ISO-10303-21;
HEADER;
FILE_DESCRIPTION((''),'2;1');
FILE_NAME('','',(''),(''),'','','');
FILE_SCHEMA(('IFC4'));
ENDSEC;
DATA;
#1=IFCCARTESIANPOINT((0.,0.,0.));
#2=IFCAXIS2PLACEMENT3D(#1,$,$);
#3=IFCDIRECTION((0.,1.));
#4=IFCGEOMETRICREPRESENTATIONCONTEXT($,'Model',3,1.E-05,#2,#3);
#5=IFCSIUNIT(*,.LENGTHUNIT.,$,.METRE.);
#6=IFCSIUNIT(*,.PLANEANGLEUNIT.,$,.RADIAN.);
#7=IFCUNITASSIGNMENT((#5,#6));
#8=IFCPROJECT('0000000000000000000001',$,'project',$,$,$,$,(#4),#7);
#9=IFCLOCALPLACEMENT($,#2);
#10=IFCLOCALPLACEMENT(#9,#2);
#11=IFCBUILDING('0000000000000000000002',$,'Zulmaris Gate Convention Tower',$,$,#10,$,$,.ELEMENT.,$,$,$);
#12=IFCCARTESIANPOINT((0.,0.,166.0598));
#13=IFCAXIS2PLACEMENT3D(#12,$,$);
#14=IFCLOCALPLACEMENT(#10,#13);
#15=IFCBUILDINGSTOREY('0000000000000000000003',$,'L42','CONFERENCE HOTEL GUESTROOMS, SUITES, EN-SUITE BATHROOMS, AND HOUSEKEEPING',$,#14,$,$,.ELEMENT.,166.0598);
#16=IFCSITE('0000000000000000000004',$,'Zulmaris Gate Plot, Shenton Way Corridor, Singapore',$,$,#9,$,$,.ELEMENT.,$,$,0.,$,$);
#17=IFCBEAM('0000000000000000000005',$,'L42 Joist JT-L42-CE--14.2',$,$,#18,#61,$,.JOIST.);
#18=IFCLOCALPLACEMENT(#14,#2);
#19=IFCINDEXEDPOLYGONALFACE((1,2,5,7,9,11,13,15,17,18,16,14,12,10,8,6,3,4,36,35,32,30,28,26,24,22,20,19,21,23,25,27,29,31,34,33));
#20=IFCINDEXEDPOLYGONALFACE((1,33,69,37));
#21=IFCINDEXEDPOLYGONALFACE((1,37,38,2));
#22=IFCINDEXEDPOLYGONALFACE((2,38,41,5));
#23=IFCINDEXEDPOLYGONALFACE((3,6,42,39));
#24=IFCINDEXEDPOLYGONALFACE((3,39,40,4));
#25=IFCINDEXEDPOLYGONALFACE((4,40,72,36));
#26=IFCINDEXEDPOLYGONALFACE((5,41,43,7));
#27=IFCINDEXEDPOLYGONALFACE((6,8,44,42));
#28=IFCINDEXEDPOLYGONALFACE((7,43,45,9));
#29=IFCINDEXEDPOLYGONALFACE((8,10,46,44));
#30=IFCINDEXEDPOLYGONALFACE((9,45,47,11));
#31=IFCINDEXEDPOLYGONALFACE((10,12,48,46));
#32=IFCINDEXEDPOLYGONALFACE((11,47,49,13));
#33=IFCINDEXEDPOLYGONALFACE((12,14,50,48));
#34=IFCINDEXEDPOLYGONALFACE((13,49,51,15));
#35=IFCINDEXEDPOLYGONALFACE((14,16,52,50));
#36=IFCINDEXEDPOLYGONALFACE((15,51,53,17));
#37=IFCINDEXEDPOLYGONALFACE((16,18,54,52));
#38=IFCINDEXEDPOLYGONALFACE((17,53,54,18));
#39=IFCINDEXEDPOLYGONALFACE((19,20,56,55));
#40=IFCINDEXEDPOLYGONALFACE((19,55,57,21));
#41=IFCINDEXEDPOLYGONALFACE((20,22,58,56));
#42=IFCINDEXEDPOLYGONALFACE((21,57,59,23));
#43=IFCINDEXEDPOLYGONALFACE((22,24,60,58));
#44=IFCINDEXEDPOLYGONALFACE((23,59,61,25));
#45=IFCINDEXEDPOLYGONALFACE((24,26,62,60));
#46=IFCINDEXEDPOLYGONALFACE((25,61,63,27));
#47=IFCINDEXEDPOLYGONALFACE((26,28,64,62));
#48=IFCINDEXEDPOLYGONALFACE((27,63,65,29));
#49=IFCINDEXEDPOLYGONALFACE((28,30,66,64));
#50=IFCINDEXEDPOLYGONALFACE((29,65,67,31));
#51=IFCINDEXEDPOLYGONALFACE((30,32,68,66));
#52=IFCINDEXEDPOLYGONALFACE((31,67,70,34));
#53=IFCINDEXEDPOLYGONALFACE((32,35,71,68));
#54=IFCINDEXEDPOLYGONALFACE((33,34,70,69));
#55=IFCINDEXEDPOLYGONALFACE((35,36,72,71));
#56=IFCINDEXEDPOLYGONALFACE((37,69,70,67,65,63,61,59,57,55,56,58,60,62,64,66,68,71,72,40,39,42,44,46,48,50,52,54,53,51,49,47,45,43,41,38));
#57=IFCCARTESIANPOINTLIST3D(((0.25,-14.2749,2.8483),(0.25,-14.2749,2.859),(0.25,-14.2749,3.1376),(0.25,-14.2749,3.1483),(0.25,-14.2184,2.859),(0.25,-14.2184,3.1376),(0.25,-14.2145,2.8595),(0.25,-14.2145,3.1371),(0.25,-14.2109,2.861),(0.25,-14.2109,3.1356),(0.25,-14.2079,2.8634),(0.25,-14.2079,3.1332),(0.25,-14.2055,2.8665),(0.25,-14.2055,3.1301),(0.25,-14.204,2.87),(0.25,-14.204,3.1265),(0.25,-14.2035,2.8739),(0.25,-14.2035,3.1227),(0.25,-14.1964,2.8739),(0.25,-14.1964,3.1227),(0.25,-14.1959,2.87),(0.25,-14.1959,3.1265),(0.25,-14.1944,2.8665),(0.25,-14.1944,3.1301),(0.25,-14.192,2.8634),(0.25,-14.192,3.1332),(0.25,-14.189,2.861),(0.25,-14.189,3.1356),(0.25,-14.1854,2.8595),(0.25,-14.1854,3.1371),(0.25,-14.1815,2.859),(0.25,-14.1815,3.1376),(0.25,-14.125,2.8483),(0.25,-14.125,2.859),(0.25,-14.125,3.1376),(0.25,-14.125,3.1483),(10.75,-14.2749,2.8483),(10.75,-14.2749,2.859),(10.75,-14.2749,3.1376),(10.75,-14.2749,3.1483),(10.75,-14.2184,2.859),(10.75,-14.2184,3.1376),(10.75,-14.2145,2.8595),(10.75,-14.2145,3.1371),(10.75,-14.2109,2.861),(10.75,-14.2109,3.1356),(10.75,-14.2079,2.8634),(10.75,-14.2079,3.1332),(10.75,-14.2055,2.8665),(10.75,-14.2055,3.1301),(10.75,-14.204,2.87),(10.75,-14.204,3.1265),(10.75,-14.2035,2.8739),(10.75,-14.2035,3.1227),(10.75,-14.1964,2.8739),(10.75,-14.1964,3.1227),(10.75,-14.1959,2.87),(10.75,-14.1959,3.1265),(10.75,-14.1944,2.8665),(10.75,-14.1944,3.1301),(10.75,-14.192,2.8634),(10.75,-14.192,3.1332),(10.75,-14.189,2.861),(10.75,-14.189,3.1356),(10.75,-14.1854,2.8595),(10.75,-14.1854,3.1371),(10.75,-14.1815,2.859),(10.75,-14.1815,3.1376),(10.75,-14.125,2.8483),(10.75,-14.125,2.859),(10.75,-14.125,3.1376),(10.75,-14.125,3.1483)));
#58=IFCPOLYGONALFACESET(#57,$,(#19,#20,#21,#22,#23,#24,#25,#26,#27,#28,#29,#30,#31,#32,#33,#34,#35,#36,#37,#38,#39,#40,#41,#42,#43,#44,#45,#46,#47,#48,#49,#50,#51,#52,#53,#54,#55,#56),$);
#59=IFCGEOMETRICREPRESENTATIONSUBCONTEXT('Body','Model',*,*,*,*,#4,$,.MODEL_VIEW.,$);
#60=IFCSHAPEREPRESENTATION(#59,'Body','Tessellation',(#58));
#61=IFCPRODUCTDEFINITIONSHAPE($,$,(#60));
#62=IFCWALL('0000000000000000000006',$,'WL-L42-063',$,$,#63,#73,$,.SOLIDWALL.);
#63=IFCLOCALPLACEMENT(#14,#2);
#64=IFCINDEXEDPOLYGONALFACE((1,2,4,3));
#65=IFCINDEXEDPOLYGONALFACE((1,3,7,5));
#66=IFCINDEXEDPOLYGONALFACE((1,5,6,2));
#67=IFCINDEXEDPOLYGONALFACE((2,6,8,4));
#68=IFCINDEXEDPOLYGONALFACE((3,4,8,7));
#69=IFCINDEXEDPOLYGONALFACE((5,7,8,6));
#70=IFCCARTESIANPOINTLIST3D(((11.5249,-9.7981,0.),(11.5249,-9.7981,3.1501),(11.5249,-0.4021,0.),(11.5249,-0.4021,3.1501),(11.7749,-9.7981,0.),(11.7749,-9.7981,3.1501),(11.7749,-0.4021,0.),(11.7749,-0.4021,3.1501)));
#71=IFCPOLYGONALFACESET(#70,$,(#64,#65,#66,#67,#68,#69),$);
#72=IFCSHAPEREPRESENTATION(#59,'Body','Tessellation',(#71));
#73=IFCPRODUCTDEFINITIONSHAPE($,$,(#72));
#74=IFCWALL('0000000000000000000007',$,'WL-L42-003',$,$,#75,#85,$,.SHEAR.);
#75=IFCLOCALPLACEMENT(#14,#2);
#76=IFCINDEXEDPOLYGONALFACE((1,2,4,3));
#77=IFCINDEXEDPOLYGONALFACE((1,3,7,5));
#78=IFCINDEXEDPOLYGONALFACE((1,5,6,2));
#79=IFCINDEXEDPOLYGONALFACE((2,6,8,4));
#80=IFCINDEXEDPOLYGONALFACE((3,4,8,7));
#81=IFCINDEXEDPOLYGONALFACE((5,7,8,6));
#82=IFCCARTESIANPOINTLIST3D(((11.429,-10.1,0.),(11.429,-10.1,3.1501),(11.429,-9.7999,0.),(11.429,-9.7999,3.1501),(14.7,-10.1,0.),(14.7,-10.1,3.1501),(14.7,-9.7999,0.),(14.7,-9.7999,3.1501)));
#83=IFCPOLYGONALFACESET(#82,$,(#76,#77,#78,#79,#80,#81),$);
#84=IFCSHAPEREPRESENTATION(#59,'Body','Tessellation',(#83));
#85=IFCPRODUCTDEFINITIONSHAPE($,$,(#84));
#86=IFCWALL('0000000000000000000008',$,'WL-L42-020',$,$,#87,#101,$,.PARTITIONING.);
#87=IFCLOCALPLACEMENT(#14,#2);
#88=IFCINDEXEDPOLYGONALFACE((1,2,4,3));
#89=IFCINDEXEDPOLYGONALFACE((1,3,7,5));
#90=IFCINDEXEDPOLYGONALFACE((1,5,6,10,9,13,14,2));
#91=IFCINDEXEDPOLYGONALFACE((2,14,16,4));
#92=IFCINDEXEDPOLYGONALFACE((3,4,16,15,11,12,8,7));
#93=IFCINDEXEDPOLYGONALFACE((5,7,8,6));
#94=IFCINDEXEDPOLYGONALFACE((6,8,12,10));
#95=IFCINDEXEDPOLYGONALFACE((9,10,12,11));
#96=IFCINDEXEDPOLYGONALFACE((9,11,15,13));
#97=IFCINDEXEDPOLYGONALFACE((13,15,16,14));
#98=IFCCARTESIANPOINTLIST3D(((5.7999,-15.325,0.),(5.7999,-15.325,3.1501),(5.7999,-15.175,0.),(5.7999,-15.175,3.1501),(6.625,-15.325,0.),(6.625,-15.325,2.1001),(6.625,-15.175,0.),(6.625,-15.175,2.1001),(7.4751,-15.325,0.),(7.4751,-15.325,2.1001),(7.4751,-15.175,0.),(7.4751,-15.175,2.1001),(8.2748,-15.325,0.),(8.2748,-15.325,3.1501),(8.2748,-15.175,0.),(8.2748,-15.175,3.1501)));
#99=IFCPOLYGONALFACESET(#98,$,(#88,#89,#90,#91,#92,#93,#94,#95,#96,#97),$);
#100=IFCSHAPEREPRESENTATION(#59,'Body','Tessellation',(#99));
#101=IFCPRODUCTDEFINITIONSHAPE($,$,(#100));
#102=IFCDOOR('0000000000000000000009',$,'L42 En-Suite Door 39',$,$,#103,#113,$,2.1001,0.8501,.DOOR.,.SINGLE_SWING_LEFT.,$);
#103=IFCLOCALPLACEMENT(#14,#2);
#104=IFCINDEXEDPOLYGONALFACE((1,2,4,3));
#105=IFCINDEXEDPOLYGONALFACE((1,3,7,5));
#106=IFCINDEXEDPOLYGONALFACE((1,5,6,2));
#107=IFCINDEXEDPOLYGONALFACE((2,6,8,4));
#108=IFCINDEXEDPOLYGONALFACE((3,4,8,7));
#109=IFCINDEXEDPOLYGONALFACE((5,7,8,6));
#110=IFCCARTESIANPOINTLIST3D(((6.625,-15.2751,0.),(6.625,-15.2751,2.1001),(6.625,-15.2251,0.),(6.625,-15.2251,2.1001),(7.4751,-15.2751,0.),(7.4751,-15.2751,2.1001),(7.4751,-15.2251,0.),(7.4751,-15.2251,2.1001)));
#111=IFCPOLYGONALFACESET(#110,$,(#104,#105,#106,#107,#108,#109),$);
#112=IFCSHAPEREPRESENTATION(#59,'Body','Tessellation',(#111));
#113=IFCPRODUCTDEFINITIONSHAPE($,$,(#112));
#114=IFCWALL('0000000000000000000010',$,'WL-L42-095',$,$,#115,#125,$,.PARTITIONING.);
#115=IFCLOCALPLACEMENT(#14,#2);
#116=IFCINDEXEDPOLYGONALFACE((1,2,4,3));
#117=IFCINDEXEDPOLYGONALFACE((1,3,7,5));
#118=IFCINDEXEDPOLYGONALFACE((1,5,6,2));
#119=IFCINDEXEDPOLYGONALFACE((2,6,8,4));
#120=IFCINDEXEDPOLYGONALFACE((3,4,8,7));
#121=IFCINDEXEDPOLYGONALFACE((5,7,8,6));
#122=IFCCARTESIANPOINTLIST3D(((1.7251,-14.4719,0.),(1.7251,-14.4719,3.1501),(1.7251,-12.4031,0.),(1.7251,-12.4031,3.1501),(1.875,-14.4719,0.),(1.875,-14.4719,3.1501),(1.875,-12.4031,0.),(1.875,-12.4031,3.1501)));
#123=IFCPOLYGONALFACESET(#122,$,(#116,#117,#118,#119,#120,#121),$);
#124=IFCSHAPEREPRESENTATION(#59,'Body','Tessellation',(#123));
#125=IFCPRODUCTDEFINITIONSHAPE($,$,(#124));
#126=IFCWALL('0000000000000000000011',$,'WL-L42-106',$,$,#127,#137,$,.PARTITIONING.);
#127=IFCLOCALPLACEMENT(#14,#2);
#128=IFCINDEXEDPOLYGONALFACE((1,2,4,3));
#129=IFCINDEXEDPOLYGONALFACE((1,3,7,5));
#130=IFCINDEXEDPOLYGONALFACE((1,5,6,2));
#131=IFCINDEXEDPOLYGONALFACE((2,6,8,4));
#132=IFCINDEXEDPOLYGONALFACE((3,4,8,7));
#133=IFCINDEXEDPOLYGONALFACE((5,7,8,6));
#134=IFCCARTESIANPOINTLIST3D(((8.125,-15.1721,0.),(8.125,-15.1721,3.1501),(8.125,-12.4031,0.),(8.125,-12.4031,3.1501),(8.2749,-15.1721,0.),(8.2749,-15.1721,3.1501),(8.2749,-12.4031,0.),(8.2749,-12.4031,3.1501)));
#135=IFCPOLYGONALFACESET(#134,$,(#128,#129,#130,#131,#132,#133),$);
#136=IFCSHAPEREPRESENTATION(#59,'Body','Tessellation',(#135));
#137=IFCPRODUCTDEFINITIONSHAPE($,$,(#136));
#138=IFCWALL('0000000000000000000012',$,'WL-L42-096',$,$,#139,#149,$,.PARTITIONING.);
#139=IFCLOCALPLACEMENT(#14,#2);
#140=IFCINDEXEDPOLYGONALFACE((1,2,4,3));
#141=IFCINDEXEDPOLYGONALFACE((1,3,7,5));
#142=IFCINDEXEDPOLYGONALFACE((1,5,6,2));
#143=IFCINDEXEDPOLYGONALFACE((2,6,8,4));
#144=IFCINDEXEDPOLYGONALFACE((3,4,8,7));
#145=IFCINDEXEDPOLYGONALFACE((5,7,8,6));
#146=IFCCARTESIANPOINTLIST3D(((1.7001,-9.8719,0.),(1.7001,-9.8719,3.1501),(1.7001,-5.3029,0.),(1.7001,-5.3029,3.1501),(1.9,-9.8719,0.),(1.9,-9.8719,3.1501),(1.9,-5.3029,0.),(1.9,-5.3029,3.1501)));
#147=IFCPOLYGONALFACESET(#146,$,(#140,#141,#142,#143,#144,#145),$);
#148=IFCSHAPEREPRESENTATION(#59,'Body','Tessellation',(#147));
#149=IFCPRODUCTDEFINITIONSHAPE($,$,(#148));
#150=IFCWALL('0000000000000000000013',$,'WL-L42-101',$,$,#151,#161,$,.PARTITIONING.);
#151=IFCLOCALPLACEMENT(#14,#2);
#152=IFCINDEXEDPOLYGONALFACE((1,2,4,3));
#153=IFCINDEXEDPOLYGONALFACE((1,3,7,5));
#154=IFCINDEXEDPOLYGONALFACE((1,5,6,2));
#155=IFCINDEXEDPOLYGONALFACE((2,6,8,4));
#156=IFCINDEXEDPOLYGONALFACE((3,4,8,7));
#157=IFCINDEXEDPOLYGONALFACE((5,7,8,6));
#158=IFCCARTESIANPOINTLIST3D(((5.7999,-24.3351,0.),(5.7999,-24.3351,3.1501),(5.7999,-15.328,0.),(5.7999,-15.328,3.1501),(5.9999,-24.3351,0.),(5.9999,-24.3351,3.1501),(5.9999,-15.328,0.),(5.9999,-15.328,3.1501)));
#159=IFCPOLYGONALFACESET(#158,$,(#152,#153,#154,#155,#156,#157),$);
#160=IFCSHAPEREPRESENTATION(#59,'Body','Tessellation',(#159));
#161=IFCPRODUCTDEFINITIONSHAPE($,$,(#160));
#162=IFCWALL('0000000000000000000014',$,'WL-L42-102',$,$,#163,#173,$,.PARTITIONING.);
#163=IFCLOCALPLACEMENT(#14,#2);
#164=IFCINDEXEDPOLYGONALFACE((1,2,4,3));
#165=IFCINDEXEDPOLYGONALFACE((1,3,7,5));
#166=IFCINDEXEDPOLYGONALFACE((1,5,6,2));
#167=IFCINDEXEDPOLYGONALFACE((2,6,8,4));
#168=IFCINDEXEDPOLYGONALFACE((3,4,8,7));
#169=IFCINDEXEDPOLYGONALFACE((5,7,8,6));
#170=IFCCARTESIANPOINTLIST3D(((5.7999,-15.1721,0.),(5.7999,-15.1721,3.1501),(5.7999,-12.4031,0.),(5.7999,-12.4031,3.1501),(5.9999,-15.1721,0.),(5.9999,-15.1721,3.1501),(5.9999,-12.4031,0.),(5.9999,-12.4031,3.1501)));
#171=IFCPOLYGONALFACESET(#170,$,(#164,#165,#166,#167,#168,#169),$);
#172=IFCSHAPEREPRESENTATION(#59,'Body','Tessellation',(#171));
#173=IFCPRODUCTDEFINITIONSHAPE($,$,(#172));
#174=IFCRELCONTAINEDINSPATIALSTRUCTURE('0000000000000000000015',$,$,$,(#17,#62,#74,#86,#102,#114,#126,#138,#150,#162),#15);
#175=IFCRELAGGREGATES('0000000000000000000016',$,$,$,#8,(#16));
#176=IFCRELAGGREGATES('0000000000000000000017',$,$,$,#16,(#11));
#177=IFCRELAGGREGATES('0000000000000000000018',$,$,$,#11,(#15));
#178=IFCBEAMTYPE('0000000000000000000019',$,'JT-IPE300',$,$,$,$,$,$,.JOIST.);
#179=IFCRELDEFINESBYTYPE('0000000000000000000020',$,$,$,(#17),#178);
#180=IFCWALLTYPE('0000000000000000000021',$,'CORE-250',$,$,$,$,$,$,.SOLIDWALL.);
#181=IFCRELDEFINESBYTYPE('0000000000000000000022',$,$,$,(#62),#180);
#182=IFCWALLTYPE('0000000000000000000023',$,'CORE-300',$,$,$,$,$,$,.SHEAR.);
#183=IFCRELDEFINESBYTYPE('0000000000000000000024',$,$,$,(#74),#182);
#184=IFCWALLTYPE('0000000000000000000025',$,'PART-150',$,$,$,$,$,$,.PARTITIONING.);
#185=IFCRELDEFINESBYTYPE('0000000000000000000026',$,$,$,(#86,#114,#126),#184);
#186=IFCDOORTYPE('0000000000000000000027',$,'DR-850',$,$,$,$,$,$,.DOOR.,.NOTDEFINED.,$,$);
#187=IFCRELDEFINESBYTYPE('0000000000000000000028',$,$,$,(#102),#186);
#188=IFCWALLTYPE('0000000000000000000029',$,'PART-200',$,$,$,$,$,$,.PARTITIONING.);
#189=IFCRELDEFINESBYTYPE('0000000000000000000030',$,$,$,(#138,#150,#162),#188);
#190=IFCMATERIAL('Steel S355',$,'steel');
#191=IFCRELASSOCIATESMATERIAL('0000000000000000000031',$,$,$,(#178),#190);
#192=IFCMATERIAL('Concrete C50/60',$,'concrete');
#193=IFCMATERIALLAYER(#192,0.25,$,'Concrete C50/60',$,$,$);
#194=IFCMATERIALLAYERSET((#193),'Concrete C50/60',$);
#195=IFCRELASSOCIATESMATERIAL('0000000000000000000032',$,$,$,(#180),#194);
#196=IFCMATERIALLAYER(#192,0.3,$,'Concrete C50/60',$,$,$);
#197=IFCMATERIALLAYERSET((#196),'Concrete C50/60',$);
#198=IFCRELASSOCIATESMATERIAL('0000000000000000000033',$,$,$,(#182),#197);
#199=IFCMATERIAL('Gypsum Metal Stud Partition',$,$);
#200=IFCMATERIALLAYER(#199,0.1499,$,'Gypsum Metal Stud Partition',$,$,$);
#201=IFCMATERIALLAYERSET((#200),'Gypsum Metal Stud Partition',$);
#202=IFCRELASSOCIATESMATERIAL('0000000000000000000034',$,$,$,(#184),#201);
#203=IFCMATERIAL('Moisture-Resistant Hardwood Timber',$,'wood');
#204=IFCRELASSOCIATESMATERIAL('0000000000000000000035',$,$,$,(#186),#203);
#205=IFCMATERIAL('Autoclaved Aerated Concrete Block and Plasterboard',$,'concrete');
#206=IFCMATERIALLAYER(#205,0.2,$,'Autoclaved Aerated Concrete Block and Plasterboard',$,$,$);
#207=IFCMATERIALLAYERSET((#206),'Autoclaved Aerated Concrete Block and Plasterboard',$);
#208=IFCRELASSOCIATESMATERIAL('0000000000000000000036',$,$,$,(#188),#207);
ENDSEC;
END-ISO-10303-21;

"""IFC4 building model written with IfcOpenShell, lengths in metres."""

from ifc_helpers import new_model, si_unit, direction, frame, frame_2d, origin, origin_2d, place, context, subcontext, project, spatial, rectangle, i_section, extrude, material, layer, layer_set, material_profile, profile_set, type_object, element, fill, save


model = new_model("IFC4")

# Units and contexts
model_context = context("Model", 3, precision=1e-05, world=origin(), true_north=direction((0.0, 1.0)))
body_context = subcontext(model_context, "Body", "Model", "MODEL_VIEW")
ifc_project = project(units=[si_unit("LENGTHUNIT", "METRE"), si_unit("PLANEANGLEUNIT", "RADIAN")], contexts=[model_context])

# Site, building, storey
site_placement = place(None, origin())
site = spatial("IfcSite", under=ifc_project, at=site_placement, Name="Zulmaris Gate Plot, Shenton Way Corridor, Singapore", CompositionType="ELEMENT", RefElevation=0.0)
building_placement = place(site_placement, origin())
building = spatial("IfcBuilding", under=site, at=building_placement, Name="Zulmaris Gate Convention Tower", CompositionType="ELEMENT")
storey_placement = place(building_placement, frame((0.0, 0.0, 166.0598)))
storey = spatial("IfcBuildingStorey", under=building, at=storey_placement, Name="L42", Description="CONFERENCE HOTEL GUESTROOMS, SUITES, EN-SUITE BATHROOMS, AND HOUSEKEEPING", CompositionType="ELEMENT", Elevation=166.0598)

# Beam
ifc_material_1 = material(Name="Steel S355", Category="steel")
ifc_material_2 = material(Name="Concrete C50/60", Category="concrete")
ifc_material_profile_1 = material_profile(ifc_material_1, i_section(OverallWidth=0.1499, OverallDepth=0.3, WebThickness=0.0071, FlangeThickness=0.0107, FilletRadius=0.0149, at=origin_2d()), Name="IPE 300")
ifc_profile_set_1 = profile_set([ifc_material_profile_1], Name="Steel S355")
beam_type_1 = type_object("IfcBeamType", Name="JT-IPE300", PredefinedType="JOIST", material=ifc_profile_set_1)
for number, where, z_axis, x_axis, name in (
    (1, (0.25, -14.2, 2.9983), (1.0, 0.0, 0.0), (0.0, 1.0, 0.0), "L42 Joist JT-L42-CE--14.2"),
):
    element("IfcBeam", number, at=place(storey_placement, frame(where, z_axis=z_axis, x_axis=x_axis)), inside=storey, type_object=beam_type_1, Name=name, PredefinedType="JOIST", context=body_context, shape_type="SweptSolid", body=[
        extrude(i_section(OverallWidth=0.1499, OverallDepth=0.3, WebThickness=0.0071, FlangeThickness=0.0107, FilletRadius=0.0149, at=origin_2d()), origin(), (0.0, 0.0, 1.0), 10.5),
    ])

# Walls
ifc_layer_1 = layer(ifc_material_2, 0.25, Name="Concrete C50/60")
ifc_layer_set_1 = layer_set([ifc_layer_1], Name="Concrete C50/60")
wall_type_1 = type_object("IfcWallType", Name="CORE-250", PredefinedType="SOLIDWALL", material=ifc_layer_set_1)
wall_1_placement = place(storey_placement, frame((11.6499, -9.7981, 0.0), z_axis=(0.0, 0.0, 1.0), x_axis=(0.0, 1.0, 0.0)))
element("IfcWall", 2, at=wall_1_placement, inside=storey, type_object=wall_type_1, Name="WL-L42-063", PredefinedType="SOLIDWALL", context=body_context, shape_type="SweptSolid", body=[
    extrude(rectangle(XDim=9.396, YDim=0.25, at=frame_2d((4.698, 0.0))), origin(), (0.0, 0.0, 1.0), 3.1501),
])
ifc_layer_2 = layer(ifc_material_2, 0.3, Name="Concrete C50/60")
ifc_layer_set_2 = layer_set([ifc_layer_2], Name="Concrete C50/60")
wall_type_2 = type_object("IfcWallType", Name="CORE-300", PredefinedType="SHEAR", material=ifc_layer_set_2)
wall_2_placement = place(storey_placement, frame((11.429, -9.95, 0.0), z_axis=(0.0, 0.0, 1.0), x_axis=(1.0, 0.0, 0.0)))
element("IfcWall", 3, at=wall_2_placement, inside=storey, type_object=wall_type_2, Name="WL-L42-003", PredefinedType="SHEAR", context=body_context, shape_type="SweptSolid", body=[
    extrude(rectangle(XDim=3.271, YDim=0.3, at=frame_2d((1.6355, 0.0))), origin(), (0.0, 0.0, 1.0), 3.1501),
])

# Wall, opening, door
ifc_material_3 = material(Name="Gypsum Metal Stud Partition")
ifc_layer_3 = layer(ifc_material_3, 0.1499, Name="Gypsum Metal Stud Partition")
ifc_layer_set_3 = layer_set([ifc_layer_3], Name="Gypsum Metal Stud Partition")
wall_type_3 = type_object("IfcWallType", Name="PART-150", PredefinedType="PARTITIONING", material=ifc_layer_set_3)
wall_3_placement = place(storey_placement, frame((5.8, -15.25, 0.0), z_axis=(0.0, 0.0, 1.0), x_axis=(1.0, 0.0, 0.0)))
wall_3 = element("IfcWall", 4, at=wall_3_placement, inside=storey, type_object=wall_type_3, Name="WL-L42-020", PredefinedType="PARTITIONING", context=body_context, shape_type="SweptSolid", body=[
    extrude(rectangle(XDim=2.4749, YDim=0.1499, at=frame_2d((1.2373, 0.0))), origin(), (0.0, 0.0, 1.0), 3.1501),
])
opening_1_placement = place(wall_3_placement, frame((0.825, 0.0, 0.0)))
opening_1 = element("IfcOpeningElement", 5, at=opening_1_placement, cuts=wall_3, PredefinedType="OPENING", context=body_context, shape_type="SweptSolid", body=[
    extrude(rectangle(XDim=0.8501, YDim=2.1001, at=frame_2d((0.425, 1.05))), frame((0.0, 0.085, 0.0), z_axis=(0.0, -1.0, 0.0), x_axis=(1.0, 0.0, 0.0)), (0.0, 0.0, 1.0), 0.1699),
])
ifc_material_4 = material(Name="Moisture-Resistant Hardwood Timber", Category="wood")
door_type_1 = type_object("IfcDoorType", Name="DR-850", OperationType="NOTDEFINED", PredefinedType="DOOR", material=ifc_material_4)
door_1_placement = place(opening_1_placement, origin())
door_1 = element("IfcDoor", 6, at=door_1_placement, inside=storey, type_object=door_type_1, Name="L42 En-Suite Door 39", OperationType="SINGLE_SWING_LEFT", OverallHeight=2.1001, OverallWidth=0.8501, PredefinedType="DOOR", context=body_context, shape_type="SweptSolid", body=[
    extrude(rectangle(XDim=0.8501, YDim=2.1001, at=frame_2d((0.425, 1.05))), frame((0.0, 0.0249, 0.0), z_axis=(0.0, -1.0, 0.0), x_axis=(1.0, 0.0, 0.0)), (0.0, 0.0, 1.0), 0.05),
])
fill(opening_1, door_1)

# Walls
wall_4_placement = place(storey_placement, frame((1.8, -14.4719, 0.0), z_axis=(0.0, 0.0, 1.0), x_axis=(0.0, 1.0, 0.0)))
element("IfcWall", 7, at=wall_4_placement, inside=storey, type_object=wall_type_3, Name="WL-L42-095", PredefinedType="PARTITIONING", context=body_context, shape_type="SweptSolid", body=[
    extrude(rectangle(XDim=2.0688, YDim=0.1499, at=frame_2d((1.0344, 0.0))), origin(), (0.0, 0.0, 1.0), 3.1501),
])
wall_5_placement = place(storey_placement, frame((8.2, -15.1721, 0.0), z_axis=(0.0, 0.0, 1.0), x_axis=(0.0, 1.0, 0.0)))
element("IfcWall", 8, at=wall_5_placement, inside=storey, type_object=wall_type_3, Name="WL-L42-106", PredefinedType="PARTITIONING", context=body_context, shape_type="SweptSolid", body=[
    extrude(rectangle(XDim=2.769, YDim=0.1499, at=frame_2d((1.3845, 0.0))), origin(), (0.0, 0.0, 1.0), 3.1501),
])

# Walls
ifc_material_5 = material(Name="Autoclaved Aerated Concrete Block and Plasterboard", Category="concrete")
ifc_layer_4 = layer(ifc_material_5, 0.2, Name="Autoclaved Aerated Concrete Block and Plasterboard")
ifc_layer_set_4 = layer_set([ifc_layer_4], Name="Autoclaved Aerated Concrete Block and Plasterboard")
wall_type_4 = type_object("IfcWallType", Name="PART-200", PredefinedType="PARTITIONING", material=ifc_layer_set_4)
wall_6_placement = place(storey_placement, frame((1.8, -9.8721, 0.0), z_axis=(0.0, 0.0, 1.0), x_axis=(0.0, 1.0, 0.0)))
element("IfcWall", 9, at=wall_6_placement, inside=storey, type_object=wall_type_4, Name="WL-L42-096", PredefinedType="PARTITIONING", context=body_context, shape_type="SweptSolid", body=[
    extrude(rectangle(XDim=4.5691, YDim=0.2, at=frame_2d((2.2847, 0.0))), origin(), (0.0, 0.0, 1.0), 3.1501),
])
wall_7_placement = place(storey_placement, frame((5.8999, -24.335, 0.0), z_axis=(0.0, 0.0, 1.0), x_axis=(0.0, 1.0, 0.0)))
element("IfcWall", 10, at=wall_7_placement, inside=storey, type_object=wall_type_4, Name="WL-L42-101", PredefinedType="PARTITIONING", context=body_context, shape_type="SweptSolid", body=[
    extrude(rectangle(XDim=9.0071, YDim=0.2, at=frame_2d((4.5034, 0.0))), origin(), (0.0, 0.0, 1.0), 3.1501),
])
wall_8_placement = place(storey_placement, frame((5.8999, -15.1721, 0.0), z_axis=(0.0, 0.0, 1.0), x_axis=(0.0, 1.0, 0.0)))
element("IfcWall", 11, at=wall_8_placement, inside=storey, type_object=wall_type_4, Name="WL-L42-102", PredefinedType="PARTITIONING", context=body_context, shape_type="SweptSolid", body=[
    extrude(rectangle(XDim=2.769, YDim=0.2, at=frame_2d((1.3845, 0.0))), origin(), (0.0, 0.0, 1.0), 3.1501),
])

save(model, "model.ifc")
